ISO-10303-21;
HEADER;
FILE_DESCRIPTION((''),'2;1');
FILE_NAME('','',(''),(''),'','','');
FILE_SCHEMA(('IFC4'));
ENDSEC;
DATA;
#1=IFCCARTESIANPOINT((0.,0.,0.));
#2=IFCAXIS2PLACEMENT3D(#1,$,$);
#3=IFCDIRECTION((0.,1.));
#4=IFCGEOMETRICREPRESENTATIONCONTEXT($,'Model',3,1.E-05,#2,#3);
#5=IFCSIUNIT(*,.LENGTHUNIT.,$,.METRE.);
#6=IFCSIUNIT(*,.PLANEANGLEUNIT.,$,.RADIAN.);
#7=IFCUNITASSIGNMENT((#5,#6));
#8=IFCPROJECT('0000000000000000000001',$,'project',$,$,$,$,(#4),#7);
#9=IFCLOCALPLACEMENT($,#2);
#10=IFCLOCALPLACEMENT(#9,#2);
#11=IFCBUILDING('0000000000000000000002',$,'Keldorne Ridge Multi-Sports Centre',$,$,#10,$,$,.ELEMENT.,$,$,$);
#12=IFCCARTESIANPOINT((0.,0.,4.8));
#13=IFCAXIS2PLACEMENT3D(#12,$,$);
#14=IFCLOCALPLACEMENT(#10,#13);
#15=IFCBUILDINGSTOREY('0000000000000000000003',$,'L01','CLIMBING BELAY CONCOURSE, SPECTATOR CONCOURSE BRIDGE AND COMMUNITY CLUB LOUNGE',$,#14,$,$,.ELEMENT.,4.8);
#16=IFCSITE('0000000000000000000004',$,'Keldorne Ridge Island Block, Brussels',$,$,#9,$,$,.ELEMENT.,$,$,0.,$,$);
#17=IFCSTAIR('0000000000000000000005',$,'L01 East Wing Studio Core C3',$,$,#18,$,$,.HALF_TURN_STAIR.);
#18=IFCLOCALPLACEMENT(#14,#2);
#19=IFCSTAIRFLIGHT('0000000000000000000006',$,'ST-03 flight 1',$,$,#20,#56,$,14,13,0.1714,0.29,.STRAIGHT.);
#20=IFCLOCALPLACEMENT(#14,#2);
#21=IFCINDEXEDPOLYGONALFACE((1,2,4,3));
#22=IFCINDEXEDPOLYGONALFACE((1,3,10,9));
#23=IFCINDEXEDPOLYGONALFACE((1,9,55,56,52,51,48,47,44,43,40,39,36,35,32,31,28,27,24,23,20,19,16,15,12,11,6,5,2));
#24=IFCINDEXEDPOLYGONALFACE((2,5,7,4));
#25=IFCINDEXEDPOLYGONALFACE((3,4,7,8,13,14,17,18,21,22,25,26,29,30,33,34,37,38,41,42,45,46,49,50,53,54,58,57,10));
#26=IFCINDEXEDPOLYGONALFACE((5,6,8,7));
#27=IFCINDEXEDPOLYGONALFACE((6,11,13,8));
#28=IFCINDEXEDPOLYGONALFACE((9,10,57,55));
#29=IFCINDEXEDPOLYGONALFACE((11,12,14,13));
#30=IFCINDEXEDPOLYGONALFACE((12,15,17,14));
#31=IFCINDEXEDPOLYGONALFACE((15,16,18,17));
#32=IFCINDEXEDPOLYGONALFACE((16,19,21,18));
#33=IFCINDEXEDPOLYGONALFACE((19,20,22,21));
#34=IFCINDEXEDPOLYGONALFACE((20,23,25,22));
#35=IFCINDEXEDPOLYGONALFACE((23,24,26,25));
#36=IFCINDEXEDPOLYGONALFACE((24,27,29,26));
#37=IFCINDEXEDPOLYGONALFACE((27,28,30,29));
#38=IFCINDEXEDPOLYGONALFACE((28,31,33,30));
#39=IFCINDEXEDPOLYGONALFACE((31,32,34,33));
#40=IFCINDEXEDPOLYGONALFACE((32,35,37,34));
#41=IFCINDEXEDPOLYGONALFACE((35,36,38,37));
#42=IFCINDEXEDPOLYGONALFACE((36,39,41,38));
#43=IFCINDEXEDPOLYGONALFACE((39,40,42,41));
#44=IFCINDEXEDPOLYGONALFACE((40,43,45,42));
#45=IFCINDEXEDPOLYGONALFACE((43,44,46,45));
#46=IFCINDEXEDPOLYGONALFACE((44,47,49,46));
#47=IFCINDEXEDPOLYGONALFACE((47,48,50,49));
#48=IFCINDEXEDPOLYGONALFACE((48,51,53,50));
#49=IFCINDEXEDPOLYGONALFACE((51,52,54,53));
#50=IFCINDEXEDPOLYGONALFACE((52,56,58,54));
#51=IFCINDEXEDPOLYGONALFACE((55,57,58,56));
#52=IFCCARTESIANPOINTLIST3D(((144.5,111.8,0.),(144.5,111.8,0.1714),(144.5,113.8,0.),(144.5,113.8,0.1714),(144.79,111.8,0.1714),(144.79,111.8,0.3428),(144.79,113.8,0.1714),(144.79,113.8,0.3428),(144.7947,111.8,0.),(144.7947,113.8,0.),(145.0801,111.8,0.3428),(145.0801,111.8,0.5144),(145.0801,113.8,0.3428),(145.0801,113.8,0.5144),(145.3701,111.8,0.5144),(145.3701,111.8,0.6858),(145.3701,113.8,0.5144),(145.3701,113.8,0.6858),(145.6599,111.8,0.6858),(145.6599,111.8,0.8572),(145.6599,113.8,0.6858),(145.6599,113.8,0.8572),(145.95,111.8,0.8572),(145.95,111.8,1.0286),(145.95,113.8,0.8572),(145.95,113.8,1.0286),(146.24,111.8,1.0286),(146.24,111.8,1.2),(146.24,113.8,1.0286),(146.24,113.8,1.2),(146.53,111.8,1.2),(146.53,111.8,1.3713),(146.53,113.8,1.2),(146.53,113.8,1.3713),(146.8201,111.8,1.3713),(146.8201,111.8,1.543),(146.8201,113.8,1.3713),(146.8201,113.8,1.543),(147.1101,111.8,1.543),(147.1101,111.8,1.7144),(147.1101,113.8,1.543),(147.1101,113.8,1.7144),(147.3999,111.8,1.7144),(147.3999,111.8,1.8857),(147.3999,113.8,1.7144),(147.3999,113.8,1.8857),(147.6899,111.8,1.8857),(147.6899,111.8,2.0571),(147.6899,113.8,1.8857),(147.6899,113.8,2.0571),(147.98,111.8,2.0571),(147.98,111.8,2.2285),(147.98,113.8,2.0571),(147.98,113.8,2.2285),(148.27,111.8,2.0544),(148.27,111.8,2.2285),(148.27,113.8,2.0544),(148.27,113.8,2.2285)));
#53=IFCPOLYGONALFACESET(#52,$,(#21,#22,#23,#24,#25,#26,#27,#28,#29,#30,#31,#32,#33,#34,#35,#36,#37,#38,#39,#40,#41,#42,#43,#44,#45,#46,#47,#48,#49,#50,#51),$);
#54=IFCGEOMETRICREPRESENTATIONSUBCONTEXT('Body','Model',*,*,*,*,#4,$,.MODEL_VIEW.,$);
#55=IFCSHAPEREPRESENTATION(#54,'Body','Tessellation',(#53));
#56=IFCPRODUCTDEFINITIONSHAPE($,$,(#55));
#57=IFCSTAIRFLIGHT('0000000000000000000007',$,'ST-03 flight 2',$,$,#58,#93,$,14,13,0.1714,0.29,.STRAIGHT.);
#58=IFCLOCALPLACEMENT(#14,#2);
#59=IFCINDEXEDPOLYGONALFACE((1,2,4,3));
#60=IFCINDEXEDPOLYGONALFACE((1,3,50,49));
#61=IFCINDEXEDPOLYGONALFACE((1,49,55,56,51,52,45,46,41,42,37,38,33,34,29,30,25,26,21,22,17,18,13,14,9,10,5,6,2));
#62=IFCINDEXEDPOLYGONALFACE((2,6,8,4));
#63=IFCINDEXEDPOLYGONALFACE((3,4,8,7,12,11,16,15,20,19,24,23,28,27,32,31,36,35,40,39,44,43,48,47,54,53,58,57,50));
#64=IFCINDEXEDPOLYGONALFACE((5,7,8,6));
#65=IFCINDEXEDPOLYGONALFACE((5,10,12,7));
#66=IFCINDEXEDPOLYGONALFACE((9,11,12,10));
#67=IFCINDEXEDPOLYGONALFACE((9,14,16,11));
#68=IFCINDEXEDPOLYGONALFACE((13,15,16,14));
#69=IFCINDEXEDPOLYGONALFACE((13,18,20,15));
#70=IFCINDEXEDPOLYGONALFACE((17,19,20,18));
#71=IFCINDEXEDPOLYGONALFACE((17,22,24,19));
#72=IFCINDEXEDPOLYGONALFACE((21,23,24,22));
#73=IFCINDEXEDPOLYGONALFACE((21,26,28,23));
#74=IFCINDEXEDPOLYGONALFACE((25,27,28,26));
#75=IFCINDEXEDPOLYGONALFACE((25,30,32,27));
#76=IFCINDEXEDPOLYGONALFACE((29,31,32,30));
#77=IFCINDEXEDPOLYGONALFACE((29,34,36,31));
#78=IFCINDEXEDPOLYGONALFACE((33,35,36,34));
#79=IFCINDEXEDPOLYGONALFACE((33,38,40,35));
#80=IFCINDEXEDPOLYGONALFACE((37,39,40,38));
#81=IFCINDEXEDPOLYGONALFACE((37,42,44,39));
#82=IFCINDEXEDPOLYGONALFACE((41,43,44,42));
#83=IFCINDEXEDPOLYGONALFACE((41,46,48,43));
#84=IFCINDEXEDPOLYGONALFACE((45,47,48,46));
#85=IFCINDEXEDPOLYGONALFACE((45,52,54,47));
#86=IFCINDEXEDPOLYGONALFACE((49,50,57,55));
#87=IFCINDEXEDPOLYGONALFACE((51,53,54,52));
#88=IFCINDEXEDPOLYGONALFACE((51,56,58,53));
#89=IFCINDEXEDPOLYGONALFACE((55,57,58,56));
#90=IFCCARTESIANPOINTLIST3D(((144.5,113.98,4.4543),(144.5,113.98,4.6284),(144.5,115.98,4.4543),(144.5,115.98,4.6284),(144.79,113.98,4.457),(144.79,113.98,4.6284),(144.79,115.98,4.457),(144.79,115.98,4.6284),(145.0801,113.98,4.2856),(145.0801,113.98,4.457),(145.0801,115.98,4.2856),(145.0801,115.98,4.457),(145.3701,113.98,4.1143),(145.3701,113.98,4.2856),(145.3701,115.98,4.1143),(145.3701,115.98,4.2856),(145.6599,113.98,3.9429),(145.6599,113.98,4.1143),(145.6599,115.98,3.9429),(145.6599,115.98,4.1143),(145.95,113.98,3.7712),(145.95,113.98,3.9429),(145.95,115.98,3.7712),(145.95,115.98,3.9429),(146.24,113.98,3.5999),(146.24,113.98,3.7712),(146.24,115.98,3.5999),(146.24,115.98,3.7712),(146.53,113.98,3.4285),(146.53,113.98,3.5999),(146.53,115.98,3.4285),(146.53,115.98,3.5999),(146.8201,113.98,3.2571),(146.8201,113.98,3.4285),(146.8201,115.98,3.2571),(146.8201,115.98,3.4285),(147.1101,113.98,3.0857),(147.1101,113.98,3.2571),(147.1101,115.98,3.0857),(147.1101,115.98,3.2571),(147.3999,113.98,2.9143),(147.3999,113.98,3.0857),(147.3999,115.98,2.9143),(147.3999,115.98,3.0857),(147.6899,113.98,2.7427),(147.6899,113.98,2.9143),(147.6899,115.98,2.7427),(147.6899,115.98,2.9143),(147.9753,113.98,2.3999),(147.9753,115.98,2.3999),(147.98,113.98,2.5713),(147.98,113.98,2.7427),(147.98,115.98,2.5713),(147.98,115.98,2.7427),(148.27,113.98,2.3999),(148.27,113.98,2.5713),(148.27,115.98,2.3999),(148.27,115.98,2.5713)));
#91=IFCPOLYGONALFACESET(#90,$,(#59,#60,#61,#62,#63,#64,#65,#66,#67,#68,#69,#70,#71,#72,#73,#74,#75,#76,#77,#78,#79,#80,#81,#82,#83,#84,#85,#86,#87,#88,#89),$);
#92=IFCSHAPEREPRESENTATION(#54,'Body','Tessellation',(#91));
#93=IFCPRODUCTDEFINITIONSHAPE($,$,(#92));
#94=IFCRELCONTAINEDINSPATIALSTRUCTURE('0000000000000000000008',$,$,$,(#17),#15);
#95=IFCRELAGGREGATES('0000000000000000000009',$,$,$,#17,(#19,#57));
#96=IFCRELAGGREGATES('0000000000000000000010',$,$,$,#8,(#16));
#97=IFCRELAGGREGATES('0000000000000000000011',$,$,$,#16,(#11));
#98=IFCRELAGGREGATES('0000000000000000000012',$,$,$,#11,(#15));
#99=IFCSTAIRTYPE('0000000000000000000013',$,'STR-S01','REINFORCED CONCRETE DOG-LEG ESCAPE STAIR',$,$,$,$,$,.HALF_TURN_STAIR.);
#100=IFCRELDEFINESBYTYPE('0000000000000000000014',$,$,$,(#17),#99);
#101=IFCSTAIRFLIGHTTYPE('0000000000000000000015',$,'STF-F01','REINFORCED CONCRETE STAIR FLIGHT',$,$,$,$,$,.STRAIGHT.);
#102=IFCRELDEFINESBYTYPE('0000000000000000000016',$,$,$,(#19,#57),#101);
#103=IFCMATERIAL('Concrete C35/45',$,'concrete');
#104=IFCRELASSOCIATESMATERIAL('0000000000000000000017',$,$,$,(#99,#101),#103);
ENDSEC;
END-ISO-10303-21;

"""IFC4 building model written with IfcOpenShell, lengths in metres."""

from ifc_helpers import new_model, si_unit, direction, frame, origin, place, context, subcontext, project, spatial, polyline, outline, extrude, material, type_object, element, aggregate, save


model = new_model("IFC4")

# Units and contexts
model_context = context("Model", 3, precision=1e-05, world=origin(), true_north=direction((0.0, 1.0)))
body_context = subcontext(model_context, "Body", "Model", "MODEL_VIEW")
ifc_project = project(units=[si_unit("LENGTHUNIT", "METRE"), si_unit("PLANEANGLEUNIT", "RADIAN")], contexts=[model_context])

# Site, building, storey
site_placement = place(None, origin())
site = spatial("IfcSite", under=ifc_project, at=site_placement, Name="Keldorne Ridge Island Block, Brussels", CompositionType="ELEMENT", RefElevation=0.0)
building_placement = place(site_placement, origin())
building = spatial("IfcBuilding", under=site, at=building_placement, Name="Keldorne Ridge Multi-Sports Centre", CompositionType="ELEMENT")
storey_placement = place(building_placement, frame((0.0, 0.0, 4.8)))
storey = spatial("IfcBuildingStorey", under=building, at=storey_placement, Name="L01", Description="CLIMBING BELAY CONCOURSE, SPECTATOR CONCOURSE BRIDGE AND COMMUNITY CLUB LOUNGE", CompositionType="ELEMENT", Elevation=4.8)

# Stair, stair flights
ifc_material_1 = material(Name="Concrete C35/45", Category="concrete")
stair_type = type_object("IfcStairType", Name="STR-S01", Description="REINFORCED CONCRETE DOG-LEG ESCAPE STAIR", PredefinedType="HALF_TURN_STAIR", material=ifc_material_1)
stair_placement = place(storey_placement, origin())
stair = element("IfcStair", 1, at=stair_placement, inside=storey, type_object=stair_type, Name="L01 East Wing Studio Core C3", PredefinedType="HALF_TURN_STAIR")
stair_flight_type = type_object("IfcStairFlightType", Name="STF-F01", Description="REINFORCED CONCRETE STAIR FLIGHT", PredefinedType="STRAIGHT", material=ifc_material_1)
stair_flight_1_placement = place(storey_placement, frame((144.5, 112.8, 0.0), z_axis=(0.0, 0.0, 1.0), x_axis=(1.0, 0.0, 0.0)))
stair_flight_1 = element("IfcStairFlight", 2, at=stair_flight_1_placement, type_object=stair_flight_type, Name="ST-03 flight 1", NumberOfRisers=14, NumberOfTreads=13, PredefinedType="STRAIGHT", RiserHeight=0.1714, TreadLength=0.29, context=body_context, shape_type="SweptSolid", body=[
    extrude(outline(polyline([(0.0, 0.0), (0.0, 0.1714), (0.29, 0.1714), (0.29, 0.3428), (0.5801, 0.3428), (0.5801, 0.5144), (0.8701, 0.5144), (0.8701, 0.6858), (1.1599, 0.6858), (1.1599, 0.8572), (1.45, 0.8572), (1.45, 1.0286), (1.74, 1.0286), (1.74, 1.2), (2.03, 1.2), (2.03, 1.3713), (2.3201, 1.3713), (2.3201, 1.543), (2.6101, 1.543), (2.6101, 1.7144), (2.8999, 1.7144), (2.8999, 1.8857), (3.1899, 1.8857), (3.1899, 2.0571), (3.48, 2.0571), (3.48, 2.2285), (3.77, 2.2285), (3.77, 2.3999), (3.77, 2.0544), (0.2947, 0.0), (0.0, 0.0)])), frame((0.0, 1.0, 0.0), z_axis=(0.0, -1.0, 0.0), x_axis=(1.0, 0.0, 0.0)), (0.0, 0.0, 1.0), 2.0),
])
stair_flight_2_placement = place(storey_placement, frame((148.27, 114.98, 2.3999), z_axis=(0.0, 0.0, 1.0), x_axis=(-1.0, 0.0, 0.0)))
stair_flight_2 = element("IfcStairFlight", 3, at=stair_flight_2_placement, type_object=stair_flight_type, Name="ST-03 flight 2", NumberOfRisers=14, NumberOfTreads=13, PredefinedType="STRAIGHT", RiserHeight=0.1714, TreadLength=0.29, context=body_context, shape_type="SweptSolid", body=[
    extrude(outline(polyline([(0.0, 0.0), (0.0, 0.1714), (0.29, 0.1714), (0.29, 0.3428), (0.5801, 0.3428), (0.5801, 0.5144), (0.8701, 0.5144), (0.8701, 0.6858), (1.1599, 0.6858), (1.1599, 0.8572), (1.45, 0.8572), (1.45, 1.0286), (1.74, 1.0286), (1.74, 1.2), (2.03, 1.2), (2.03, 1.3713), (2.3201, 1.3713), (2.3201, 1.543), (2.6101, 1.543), (2.6101, 1.7144), (2.8999, 1.7144), (2.8999, 1.8857), (3.1899, 1.8857), (3.1899, 2.0571), (3.48, 2.0571), (3.48, 2.2285), (3.77, 2.2285), (3.77, 2.3999), (3.77, 2.0544), (0.2947, 0.0), (0.0, 0.0)])), frame((0.0, 1.0, 0.0), z_axis=(0.0, -1.0, 0.0), x_axis=(1.0, 0.0, 0.0)), (0.0, 0.0, 1.0), 2.0),
])
aggregate(stair, [stair_flight_1, stair_flight_2])

save(model, "model.ifc")
